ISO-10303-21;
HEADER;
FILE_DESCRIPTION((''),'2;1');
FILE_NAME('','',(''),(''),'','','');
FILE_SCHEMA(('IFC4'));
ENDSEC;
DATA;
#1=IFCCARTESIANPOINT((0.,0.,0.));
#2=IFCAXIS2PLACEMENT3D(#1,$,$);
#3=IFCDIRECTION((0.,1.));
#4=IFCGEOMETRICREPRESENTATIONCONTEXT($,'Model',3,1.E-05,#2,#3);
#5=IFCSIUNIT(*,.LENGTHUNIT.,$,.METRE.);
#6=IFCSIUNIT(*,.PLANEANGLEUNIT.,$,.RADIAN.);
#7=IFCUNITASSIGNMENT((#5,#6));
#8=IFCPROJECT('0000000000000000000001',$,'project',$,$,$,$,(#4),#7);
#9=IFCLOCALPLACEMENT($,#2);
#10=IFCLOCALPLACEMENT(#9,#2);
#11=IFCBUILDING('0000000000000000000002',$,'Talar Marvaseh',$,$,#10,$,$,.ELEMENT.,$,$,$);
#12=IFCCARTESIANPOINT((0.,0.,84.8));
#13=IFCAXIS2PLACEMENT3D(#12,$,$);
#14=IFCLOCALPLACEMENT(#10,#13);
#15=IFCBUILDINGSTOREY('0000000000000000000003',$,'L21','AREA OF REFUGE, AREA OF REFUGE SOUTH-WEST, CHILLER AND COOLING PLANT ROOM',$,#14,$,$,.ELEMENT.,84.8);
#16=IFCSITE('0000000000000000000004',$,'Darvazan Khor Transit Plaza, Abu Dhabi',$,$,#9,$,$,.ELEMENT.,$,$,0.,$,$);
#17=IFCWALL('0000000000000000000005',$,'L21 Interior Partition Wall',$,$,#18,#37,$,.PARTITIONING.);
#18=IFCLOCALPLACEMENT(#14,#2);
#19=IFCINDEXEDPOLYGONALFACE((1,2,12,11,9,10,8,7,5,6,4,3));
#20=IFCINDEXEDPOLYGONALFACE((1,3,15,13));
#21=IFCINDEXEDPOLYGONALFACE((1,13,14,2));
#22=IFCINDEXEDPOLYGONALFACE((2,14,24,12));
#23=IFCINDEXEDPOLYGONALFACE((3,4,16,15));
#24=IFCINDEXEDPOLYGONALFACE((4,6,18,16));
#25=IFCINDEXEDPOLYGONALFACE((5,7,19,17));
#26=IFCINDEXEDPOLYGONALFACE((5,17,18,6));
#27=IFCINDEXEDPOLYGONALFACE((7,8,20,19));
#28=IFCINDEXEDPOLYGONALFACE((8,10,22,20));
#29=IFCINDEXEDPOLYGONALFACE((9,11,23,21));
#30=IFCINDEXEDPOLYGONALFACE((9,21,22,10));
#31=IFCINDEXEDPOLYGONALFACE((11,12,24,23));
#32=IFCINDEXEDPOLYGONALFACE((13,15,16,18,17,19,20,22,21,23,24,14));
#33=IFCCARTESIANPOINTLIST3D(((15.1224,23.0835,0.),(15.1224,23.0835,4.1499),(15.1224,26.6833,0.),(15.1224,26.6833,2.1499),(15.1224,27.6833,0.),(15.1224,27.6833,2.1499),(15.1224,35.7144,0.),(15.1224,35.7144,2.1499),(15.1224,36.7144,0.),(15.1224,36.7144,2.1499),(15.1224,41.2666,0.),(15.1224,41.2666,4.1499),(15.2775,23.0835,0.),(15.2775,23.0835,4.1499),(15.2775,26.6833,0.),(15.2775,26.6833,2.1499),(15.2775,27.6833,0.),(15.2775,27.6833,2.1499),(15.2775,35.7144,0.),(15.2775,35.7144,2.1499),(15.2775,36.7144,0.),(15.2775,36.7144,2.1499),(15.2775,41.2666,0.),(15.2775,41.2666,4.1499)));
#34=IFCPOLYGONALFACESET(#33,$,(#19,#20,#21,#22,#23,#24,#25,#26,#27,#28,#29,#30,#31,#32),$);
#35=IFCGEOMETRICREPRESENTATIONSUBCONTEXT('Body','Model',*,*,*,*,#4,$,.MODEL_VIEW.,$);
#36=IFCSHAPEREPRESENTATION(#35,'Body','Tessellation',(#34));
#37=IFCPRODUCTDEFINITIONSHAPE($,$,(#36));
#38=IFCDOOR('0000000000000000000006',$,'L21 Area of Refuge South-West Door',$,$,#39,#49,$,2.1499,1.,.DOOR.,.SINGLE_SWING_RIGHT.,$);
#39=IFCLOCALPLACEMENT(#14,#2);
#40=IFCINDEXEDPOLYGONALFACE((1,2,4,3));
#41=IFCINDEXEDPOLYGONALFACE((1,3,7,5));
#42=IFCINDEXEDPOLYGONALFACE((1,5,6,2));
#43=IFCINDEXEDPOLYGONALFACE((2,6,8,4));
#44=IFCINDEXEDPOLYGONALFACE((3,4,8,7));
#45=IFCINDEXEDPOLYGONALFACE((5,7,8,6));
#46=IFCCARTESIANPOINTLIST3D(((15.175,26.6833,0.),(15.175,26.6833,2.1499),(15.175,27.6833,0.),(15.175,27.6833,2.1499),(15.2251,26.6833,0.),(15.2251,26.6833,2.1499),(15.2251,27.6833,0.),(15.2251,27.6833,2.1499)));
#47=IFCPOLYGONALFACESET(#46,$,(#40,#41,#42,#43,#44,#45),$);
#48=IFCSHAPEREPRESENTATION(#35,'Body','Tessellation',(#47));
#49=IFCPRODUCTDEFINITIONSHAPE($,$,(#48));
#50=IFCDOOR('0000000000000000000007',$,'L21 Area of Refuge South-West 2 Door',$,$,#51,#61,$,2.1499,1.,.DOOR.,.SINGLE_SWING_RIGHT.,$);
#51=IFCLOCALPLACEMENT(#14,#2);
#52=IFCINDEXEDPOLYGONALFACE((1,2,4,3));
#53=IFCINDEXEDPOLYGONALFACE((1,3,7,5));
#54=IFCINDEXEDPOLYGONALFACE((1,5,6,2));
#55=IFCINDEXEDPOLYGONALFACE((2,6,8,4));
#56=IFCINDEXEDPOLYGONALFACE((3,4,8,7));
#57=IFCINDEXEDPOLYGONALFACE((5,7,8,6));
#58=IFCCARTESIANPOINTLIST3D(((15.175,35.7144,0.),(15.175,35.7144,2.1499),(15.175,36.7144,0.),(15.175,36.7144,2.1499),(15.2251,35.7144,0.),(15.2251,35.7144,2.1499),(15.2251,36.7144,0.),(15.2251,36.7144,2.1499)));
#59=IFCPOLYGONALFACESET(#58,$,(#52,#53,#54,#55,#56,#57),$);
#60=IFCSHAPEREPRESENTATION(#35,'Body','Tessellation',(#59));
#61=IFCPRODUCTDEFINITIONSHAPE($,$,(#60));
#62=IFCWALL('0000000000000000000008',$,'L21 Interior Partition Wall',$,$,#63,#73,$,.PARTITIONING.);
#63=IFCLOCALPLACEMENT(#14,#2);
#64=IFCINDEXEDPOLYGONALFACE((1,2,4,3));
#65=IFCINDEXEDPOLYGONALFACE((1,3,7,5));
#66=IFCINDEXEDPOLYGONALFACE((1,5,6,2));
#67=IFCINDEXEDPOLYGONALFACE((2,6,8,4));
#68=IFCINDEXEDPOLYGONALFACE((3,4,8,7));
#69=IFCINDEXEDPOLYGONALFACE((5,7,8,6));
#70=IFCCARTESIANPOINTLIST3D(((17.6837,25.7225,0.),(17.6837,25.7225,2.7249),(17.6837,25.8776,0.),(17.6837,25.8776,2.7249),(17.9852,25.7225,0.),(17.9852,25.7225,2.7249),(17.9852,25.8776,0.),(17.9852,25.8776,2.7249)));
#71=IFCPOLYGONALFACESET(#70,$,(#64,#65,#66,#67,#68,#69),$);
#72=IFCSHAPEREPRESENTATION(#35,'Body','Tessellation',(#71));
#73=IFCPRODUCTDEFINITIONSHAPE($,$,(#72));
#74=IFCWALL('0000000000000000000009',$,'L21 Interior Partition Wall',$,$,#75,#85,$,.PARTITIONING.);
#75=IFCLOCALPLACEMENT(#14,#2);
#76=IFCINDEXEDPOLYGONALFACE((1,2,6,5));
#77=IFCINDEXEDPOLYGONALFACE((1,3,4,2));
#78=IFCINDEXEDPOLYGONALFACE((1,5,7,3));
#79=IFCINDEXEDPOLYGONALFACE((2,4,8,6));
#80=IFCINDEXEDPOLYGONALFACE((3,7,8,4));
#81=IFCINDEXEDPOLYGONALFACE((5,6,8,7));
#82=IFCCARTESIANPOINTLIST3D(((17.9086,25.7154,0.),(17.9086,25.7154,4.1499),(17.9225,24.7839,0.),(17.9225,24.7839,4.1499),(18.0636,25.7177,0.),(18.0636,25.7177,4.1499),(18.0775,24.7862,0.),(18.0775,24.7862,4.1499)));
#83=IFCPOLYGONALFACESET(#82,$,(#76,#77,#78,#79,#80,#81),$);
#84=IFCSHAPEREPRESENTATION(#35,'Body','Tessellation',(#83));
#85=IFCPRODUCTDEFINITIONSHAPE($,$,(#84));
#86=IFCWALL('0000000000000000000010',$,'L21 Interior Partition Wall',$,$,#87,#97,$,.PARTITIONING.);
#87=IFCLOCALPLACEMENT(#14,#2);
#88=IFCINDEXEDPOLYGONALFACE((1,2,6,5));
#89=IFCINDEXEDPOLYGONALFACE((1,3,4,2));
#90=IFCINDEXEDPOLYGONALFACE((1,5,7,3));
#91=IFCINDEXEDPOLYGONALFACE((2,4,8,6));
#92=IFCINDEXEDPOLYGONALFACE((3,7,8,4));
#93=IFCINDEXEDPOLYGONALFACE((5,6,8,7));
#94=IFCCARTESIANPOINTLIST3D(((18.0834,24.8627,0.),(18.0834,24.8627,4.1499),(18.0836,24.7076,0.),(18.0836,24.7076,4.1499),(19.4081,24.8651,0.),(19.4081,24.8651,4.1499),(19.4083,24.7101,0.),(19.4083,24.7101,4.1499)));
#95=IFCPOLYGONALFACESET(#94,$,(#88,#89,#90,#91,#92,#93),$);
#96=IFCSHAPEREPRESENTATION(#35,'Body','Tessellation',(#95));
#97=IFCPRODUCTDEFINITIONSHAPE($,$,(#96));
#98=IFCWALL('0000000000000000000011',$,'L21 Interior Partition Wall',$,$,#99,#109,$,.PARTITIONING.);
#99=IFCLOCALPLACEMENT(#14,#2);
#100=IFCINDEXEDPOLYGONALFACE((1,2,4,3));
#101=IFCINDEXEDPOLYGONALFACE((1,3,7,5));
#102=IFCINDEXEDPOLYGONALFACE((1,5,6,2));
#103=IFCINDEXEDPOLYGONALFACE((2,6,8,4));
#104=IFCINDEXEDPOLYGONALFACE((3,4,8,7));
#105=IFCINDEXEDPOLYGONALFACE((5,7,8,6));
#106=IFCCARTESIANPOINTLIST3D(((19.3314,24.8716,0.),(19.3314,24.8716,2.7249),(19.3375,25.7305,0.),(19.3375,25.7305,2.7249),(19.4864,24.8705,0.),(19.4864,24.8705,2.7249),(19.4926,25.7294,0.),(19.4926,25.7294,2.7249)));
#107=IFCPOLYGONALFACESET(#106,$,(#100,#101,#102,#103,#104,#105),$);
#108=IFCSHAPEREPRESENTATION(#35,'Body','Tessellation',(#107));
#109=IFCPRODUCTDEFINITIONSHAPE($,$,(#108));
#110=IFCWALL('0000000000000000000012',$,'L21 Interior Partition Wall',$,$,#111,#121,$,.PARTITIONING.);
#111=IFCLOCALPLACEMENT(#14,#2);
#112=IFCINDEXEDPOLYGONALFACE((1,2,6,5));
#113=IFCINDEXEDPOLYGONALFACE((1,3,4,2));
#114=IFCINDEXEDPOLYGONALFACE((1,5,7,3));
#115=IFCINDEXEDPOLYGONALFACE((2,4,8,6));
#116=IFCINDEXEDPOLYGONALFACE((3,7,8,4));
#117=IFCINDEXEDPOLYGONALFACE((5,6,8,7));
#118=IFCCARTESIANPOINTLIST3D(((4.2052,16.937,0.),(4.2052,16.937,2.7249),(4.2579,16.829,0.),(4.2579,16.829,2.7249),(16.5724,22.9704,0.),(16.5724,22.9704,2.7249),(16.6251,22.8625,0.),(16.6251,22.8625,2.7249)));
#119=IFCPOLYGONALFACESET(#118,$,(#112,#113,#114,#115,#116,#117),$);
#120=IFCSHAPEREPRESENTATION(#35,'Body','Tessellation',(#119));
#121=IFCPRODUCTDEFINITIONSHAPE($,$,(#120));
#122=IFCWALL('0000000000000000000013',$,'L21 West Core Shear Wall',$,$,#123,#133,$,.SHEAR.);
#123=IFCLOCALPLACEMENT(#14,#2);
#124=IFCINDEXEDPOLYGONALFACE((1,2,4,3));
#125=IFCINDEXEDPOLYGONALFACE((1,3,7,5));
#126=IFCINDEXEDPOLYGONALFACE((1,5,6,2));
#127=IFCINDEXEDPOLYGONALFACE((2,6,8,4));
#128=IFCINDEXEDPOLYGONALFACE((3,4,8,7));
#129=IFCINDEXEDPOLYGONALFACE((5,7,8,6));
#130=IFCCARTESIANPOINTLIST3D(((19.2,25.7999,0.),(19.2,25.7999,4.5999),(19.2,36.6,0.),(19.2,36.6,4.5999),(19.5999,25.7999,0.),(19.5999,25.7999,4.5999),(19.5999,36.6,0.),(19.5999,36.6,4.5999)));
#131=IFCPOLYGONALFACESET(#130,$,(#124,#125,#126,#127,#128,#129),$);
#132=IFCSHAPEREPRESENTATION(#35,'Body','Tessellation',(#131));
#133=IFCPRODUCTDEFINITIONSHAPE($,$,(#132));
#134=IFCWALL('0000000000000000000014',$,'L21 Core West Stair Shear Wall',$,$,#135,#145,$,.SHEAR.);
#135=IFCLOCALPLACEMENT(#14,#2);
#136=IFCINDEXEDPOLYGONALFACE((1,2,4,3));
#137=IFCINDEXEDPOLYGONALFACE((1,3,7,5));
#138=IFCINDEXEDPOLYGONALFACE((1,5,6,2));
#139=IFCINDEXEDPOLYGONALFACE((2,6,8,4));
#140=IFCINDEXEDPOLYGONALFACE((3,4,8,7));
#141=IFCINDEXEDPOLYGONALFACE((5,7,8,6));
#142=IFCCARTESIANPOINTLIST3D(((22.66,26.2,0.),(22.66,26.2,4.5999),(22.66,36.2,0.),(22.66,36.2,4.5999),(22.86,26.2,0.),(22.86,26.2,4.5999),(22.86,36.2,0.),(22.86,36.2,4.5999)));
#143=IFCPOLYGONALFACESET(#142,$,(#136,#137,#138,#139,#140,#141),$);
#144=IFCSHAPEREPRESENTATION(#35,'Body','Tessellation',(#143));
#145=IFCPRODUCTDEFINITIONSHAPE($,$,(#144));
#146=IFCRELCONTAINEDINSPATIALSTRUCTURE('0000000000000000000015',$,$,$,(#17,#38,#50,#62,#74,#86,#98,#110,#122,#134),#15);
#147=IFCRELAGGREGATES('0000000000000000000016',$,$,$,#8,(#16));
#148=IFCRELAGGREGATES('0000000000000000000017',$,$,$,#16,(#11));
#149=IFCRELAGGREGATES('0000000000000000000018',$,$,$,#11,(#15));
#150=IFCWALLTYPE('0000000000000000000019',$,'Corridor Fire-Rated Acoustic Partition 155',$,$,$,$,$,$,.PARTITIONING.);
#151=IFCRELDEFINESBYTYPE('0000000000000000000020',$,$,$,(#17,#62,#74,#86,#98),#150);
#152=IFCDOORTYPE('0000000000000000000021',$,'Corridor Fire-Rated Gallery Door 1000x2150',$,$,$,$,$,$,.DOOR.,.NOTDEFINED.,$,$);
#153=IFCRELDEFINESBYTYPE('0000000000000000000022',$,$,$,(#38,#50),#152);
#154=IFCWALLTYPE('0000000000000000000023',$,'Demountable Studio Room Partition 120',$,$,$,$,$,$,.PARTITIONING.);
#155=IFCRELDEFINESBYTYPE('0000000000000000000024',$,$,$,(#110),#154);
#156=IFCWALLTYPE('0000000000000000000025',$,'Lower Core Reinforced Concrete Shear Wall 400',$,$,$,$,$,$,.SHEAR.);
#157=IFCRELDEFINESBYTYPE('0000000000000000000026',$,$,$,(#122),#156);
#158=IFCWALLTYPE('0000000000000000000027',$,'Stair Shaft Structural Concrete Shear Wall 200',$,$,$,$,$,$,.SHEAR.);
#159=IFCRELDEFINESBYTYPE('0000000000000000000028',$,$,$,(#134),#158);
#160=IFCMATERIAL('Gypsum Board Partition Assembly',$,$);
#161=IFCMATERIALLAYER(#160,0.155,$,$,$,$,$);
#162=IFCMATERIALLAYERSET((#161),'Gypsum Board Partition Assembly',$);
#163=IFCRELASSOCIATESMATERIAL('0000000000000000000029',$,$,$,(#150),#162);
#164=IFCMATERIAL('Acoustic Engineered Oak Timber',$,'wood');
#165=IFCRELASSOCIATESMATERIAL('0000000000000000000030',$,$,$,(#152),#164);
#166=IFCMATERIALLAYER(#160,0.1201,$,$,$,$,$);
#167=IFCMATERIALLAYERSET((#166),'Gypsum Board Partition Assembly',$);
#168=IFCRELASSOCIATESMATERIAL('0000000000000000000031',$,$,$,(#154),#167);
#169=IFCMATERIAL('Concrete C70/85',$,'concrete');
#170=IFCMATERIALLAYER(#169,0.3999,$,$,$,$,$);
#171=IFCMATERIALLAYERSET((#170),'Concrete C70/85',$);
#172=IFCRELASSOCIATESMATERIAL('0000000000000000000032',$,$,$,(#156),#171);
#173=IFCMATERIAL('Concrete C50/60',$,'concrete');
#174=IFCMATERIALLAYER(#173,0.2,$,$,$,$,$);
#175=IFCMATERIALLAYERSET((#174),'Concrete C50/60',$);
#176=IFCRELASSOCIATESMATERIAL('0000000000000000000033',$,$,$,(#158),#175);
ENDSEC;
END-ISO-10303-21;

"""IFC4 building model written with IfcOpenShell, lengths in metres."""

from ifc_helpers import new_model, si_unit, direction, frame, frame_2d, origin, place, context, subcontext, project, spatial, rectangle, extrude, source, transform, mapped, material, layer, layer_set, type_object, type_shapes, element, fill, save


model = new_model("IFC4")

# Units and contexts
model_context = context("Model", 3, precision=1e-05, world=origin(), true_north=direction((0.0, 1.0)))
body_context = subcontext(model_context, "Body", "Model", "MODEL_VIEW")
ifc_project = project(units=[si_unit("LENGTHUNIT", "METRE"), si_unit("PLANEANGLEUNIT", "RADIAN")], contexts=[model_context])

# Site, building, storey
site_placement = place(None, origin())
site = spatial("IfcSite", under=ifc_project, at=site_placement, Name="Darvazan Khor Transit Plaza, Abu Dhabi", CompositionType="ELEMENT", RefElevation=0.0)
building_placement = place(site_placement, origin())
building = spatial("IfcBuilding", under=site, at=building_placement, Name="Talar Marvaseh", CompositionType="ELEMENT")
storey_placement = place(building_placement, frame((0.0, 0.0, 84.8)))
storey = spatial("IfcBuildingStorey", under=building, at=storey_placement, Name="L21", Description="AREA OF REFUGE, AREA OF REFUGE SOUTH-WEST, CHILLER AND COOLING PLANT ROOM", CompositionType="ELEMENT", Elevation=84.8)

# Shared definitions
ifc_material_1 = material(Name="Concrete C70/85", Category="concrete")

# Wall, openings, doors
ifc_material_2 = material(Name="Gypsum Board Partition Assembly")
ifc_layer_1 = layer(ifc_material_2, 0.155)
ifc_layer_set_1 = layer_set([ifc_layer_1], Name="Gypsum Board Partition Assembly")
wall_type_1 = type_object("IfcWallType", Name="Corridor Fire-Rated Acoustic Partition 155", PredefinedType="PARTITIONING", material=ifc_layer_set_1)
wall_1_placement = place(storey_placement, frame((15.2, 23.0835, 0.0), z_axis=(0.0, 0.0, 1.0), x_axis=(0.0, 1.0, 0.0)))
wall_1 = element("IfcWall", 1, at=wall_1_placement, inside=storey, type_object=wall_type_1, Name="L21 Interior Partition Wall", PredefinedType="PARTITIONING", context=body_context, shape_type="SweptSolid", body=[
    extrude(rectangle(XDim=18.1831, YDim=0.155, at=frame_2d((9.0916, 0.0))), origin(), (0.0, 0.0, 1.0), 4.1499),
])
opening_1_placement = place(wall_1_placement, frame((3.5999, 0.0, 0.0)))
opening_1 = element("IfcOpeningElement", 2, at=opening_1_placement, cuts=wall_1, PredefinedType="OPENING", context=body_context, shape_type="SweptSolid", body=[
    extrude(rectangle(XDim=1.0, YDim=2.1499, at=frame_2d((0.5, 1.075))), frame((0.0, 0.0874, 0.0), z_axis=(0.0, -1.0, 0.0), x_axis=(1.0, 0.0, 0.0)), (0.0, 0.0, 1.0), 0.175),
])
opening_2_placement = place(wall_1_placement, frame((12.6309, 0.0, 0.0)))
opening_2 = element("IfcOpeningElement", 3, at=opening_2_placement, cuts=wall_1, PredefinedType="OPENING", context=body_context, shape_type="SweptSolid", body=[
    extrude(rectangle(XDim=1.0, YDim=2.1499, at=frame_2d((0.5, 1.075))), frame((0.0, 0.0874, 0.0), z_axis=(0.0, -1.0, 0.0), x_axis=(1.0, 0.0, 0.0)), (0.0, 0.0, 1.0), 0.175),
])
ifc_material_3 = material(Name="Acoustic Engineered Oak Timber", Category="wood")
door_type = type_object("IfcDoorType", Name="Corridor Fire-Rated Gallery Door 1000x2150", OperationType="NOTDEFINED", PredefinedType="DOOR", material=ifc_material_3)
shared_shape_1 = source(origin(), body_context, "Body", "SweptSolid", [
    extrude(rectangle(XDim=1.0, YDim=2.1499, at=frame_2d((0.5, 1.075))), frame((0.0, 0.0249, 0.0), z_axis=(0.0, -1.0, 0.0), x_axis=(1.0, 0.0, 0.0)), (0.0, 0.0, 1.0), 0.05),
])
type_shapes(door_type, [shared_shape_1])
door_1_placement = place(opening_1_placement, origin())
door_1 = element("IfcDoor", 4, at=door_1_placement, inside=storey, type_object=door_type, Name="L21 Area of Refuge South-West Door", OperationType="SINGLE_SWING_RIGHT", OverallHeight=2.1499, OverallWidth=1.0, PredefinedType="DOOR", context=body_context, shape_type="MappedRepresentation", body=[
    mapped(shared_shape_1, transform((0.0, 0.0, 0.0), x_axis=(1.0, 0.0, 0.0), y_axis=(0.0, 1.0, 0.0), z_axis=(0.0, 0.0, 1.0), scale=1.0)),
])
fill(opening_1, door_1)
door_2_placement = place(opening_2_placement, origin())
door_2 = element("IfcDoor", 5, at=door_2_placement, inside=storey, type_object=door_type, Name="L21 Area of Refuge South-West 2 Door", OperationType="SINGLE_SWING_RIGHT", OverallHeight=2.1499, OverallWidth=1.0, PredefinedType="DOOR", context=body_context, shape_type="MappedRepresentation", body=[
    mapped(shared_shape_1, transform((0.0, 0.0, 0.0), x_axis=(1.0, 0.0, 0.0), y_axis=(0.0, 1.0, 0.0), z_axis=(0.0, 0.0, 1.0), scale=1.0)),
])
fill(opening_2, door_2)

# Walls
wall_2_placement = place(storey_placement, frame((17.6836, 25.8, 0.0), z_axis=(0.0, 0.0, 1.0), x_axis=(1.0, 0.0, 0.0)))
element("IfcWall", 6, at=wall_2_placement, inside=storey, type_object=wall_type_1, Name="L21 Interior Partition Wall", PredefinedType="PARTITIONING", context=body_context, shape_type="SweptSolid", body=[
    extrude(rectangle(XDim=0.3015, YDim=0.155, at=frame_2d((0.1509, 0.0))), origin(), (0.0, 0.0, 1.0), 2.7249),
])
wall_3_placement = place(storey_placement, frame((17.9861, 25.7166, 0.0), z_axis=(0.0, 0.0, 1.0), x_axis=(0.014935, -0.999888, 0.0)))
element("IfcWall", 7, at=wall_3_placement, inside=storey, type_object=wall_type_1, Name="L21 Interior Partition Wall", PredefinedType="PARTITIONING", context=body_context, shape_type="SweptSolid", body=[
    extrude(rectangle(XDim=0.9316, YDim=0.155, at=frame_2d((0.4658, 0.0))), origin(), (0.0, 0.0, 1.0), 4.1499),
])
wall_4_placement = place(storey_placement, frame((18.0835, 24.7852, 0.0), z_axis=(0.0, 0.0, 1.0), x_axis=(0.999998, 0.001843, 0.0)))
element("IfcWall", 8, at=wall_4_placement, inside=storey, type_object=wall_type_1, Name="L21 Interior Partition Wall", PredefinedType="PARTITIONING", context=body_context, shape_type="SweptSolid", body=[
    extrude(rectangle(XDim=1.3247, YDim=0.155, at=frame_2d((0.6624, 0.0))), origin(), (0.0, 0.0, 1.0), 4.1499),
])
wall_5_placement = place(storey_placement, frame((19.4089, 24.8711, 0.0), z_axis=(0.0, 0.0, 1.0), x_axis=(0.007106, 0.999975, 0.0)))
element("IfcWall", 9, at=wall_5_placement, inside=storey, type_object=wall_type_1, Name="L21 Interior Partition Wall", PredefinedType="PARTITIONING", context=body_context, shape_type="SweptSolid", body=[
    extrude(rectangle(XDim=0.8589, YDim=0.155, at=frame_2d((0.4294, 0.0))), origin(), (0.0, 0.0, 1.0), 2.7249),
])
ifc_layer_2 = layer(ifc_material_2, 0.1201)
ifc_layer_set_2 = layer_set([ifc_layer_2], Name="Gypsum Board Partition Assembly")
wall_type_2 = type_object("IfcWallType", Name="Demountable Studio Room Partition 120", PredefinedType="PARTITIONING", material=ifc_layer_set_2)
wall_6_placement = place(storey_placement, frame((16.5989, 22.9165, 0.0), z_axis=(0.0, 0.0, 1.0), x_axis=(-0.898749, -0.438463, 0.0)))
element("IfcWall", 10, at=wall_6_placement, inside=storey, type_object=wall_type_2, Name="L21 Interior Partition Wall", PredefinedType="PARTITIONING", context=body_context, shape_type="SweptSolid", body=[
    extrude(rectangle(XDim=13.7605, YDim=0.1201, at=frame_2d((6.8804, 0.0))), origin(), (0.0, 0.0, 1.0), 2.7249),
])
ifc_layer_3 = layer(ifc_material_1, 0.3999)
ifc_layer_set_3 = layer_set([ifc_layer_3], Name="Concrete C70/85")
wall_type_3 = type_object("IfcWallType", Name="Lower Core Reinforced Concrete Shear Wall 400", PredefinedType="SHEAR", material=ifc_layer_set_3)
wall_7_placement = place(storey_placement, frame((19.3999, 25.8, 0.0), z_axis=(0.0, 0.0, 1.0), x_axis=(0.0, 1.0, 0.0)))
element("IfcWall", 11, at=wall_7_placement, inside=storey, type_object=wall_type_3, Name="L21 West Core Shear Wall", PredefinedType="SHEAR", context=body_context, shape_type="SweptSolid", body=[
    extrude(rectangle(XDim=10.8, YDim=0.3999, at=frame_2d((5.3999, 0.0))), origin(), (0.0, 0.0, 1.0), 4.5999),
])
ifc_material_4 = material(Name="Concrete C50/60", Category="concrete")
ifc_layer_4 = layer(ifc_material_4, 0.2)
ifc_layer_set_4 = layer_set([ifc_layer_4], Name="Concrete C50/60")
wall_type_4 = type_object("IfcWallType", Name="Stair Shaft Structural Concrete Shear Wall 200", PredefinedType="SHEAR", material=ifc_layer_set_4)
wall_8_placement = place(storey_placement, frame((22.76, 26.2, 0.0), z_axis=(0.0, 0.0, 1.0), x_axis=(0.0, 1.0, 0.0)))
element("IfcWall", 12, at=wall_8_placement, inside=storey, type_object=wall_type_4, Name="L21 Core West Stair Shear Wall", PredefinedType="SHEAR", context=body_context, shape_type="SweptSolid", body=[
    extrude(rectangle(XDim=10.0, YDim=0.2, at=frame_2d((5.0, 0.0))), origin(), (0.0, 0.0, 1.0), 4.5999),
])

save(model, "model.ifc")
